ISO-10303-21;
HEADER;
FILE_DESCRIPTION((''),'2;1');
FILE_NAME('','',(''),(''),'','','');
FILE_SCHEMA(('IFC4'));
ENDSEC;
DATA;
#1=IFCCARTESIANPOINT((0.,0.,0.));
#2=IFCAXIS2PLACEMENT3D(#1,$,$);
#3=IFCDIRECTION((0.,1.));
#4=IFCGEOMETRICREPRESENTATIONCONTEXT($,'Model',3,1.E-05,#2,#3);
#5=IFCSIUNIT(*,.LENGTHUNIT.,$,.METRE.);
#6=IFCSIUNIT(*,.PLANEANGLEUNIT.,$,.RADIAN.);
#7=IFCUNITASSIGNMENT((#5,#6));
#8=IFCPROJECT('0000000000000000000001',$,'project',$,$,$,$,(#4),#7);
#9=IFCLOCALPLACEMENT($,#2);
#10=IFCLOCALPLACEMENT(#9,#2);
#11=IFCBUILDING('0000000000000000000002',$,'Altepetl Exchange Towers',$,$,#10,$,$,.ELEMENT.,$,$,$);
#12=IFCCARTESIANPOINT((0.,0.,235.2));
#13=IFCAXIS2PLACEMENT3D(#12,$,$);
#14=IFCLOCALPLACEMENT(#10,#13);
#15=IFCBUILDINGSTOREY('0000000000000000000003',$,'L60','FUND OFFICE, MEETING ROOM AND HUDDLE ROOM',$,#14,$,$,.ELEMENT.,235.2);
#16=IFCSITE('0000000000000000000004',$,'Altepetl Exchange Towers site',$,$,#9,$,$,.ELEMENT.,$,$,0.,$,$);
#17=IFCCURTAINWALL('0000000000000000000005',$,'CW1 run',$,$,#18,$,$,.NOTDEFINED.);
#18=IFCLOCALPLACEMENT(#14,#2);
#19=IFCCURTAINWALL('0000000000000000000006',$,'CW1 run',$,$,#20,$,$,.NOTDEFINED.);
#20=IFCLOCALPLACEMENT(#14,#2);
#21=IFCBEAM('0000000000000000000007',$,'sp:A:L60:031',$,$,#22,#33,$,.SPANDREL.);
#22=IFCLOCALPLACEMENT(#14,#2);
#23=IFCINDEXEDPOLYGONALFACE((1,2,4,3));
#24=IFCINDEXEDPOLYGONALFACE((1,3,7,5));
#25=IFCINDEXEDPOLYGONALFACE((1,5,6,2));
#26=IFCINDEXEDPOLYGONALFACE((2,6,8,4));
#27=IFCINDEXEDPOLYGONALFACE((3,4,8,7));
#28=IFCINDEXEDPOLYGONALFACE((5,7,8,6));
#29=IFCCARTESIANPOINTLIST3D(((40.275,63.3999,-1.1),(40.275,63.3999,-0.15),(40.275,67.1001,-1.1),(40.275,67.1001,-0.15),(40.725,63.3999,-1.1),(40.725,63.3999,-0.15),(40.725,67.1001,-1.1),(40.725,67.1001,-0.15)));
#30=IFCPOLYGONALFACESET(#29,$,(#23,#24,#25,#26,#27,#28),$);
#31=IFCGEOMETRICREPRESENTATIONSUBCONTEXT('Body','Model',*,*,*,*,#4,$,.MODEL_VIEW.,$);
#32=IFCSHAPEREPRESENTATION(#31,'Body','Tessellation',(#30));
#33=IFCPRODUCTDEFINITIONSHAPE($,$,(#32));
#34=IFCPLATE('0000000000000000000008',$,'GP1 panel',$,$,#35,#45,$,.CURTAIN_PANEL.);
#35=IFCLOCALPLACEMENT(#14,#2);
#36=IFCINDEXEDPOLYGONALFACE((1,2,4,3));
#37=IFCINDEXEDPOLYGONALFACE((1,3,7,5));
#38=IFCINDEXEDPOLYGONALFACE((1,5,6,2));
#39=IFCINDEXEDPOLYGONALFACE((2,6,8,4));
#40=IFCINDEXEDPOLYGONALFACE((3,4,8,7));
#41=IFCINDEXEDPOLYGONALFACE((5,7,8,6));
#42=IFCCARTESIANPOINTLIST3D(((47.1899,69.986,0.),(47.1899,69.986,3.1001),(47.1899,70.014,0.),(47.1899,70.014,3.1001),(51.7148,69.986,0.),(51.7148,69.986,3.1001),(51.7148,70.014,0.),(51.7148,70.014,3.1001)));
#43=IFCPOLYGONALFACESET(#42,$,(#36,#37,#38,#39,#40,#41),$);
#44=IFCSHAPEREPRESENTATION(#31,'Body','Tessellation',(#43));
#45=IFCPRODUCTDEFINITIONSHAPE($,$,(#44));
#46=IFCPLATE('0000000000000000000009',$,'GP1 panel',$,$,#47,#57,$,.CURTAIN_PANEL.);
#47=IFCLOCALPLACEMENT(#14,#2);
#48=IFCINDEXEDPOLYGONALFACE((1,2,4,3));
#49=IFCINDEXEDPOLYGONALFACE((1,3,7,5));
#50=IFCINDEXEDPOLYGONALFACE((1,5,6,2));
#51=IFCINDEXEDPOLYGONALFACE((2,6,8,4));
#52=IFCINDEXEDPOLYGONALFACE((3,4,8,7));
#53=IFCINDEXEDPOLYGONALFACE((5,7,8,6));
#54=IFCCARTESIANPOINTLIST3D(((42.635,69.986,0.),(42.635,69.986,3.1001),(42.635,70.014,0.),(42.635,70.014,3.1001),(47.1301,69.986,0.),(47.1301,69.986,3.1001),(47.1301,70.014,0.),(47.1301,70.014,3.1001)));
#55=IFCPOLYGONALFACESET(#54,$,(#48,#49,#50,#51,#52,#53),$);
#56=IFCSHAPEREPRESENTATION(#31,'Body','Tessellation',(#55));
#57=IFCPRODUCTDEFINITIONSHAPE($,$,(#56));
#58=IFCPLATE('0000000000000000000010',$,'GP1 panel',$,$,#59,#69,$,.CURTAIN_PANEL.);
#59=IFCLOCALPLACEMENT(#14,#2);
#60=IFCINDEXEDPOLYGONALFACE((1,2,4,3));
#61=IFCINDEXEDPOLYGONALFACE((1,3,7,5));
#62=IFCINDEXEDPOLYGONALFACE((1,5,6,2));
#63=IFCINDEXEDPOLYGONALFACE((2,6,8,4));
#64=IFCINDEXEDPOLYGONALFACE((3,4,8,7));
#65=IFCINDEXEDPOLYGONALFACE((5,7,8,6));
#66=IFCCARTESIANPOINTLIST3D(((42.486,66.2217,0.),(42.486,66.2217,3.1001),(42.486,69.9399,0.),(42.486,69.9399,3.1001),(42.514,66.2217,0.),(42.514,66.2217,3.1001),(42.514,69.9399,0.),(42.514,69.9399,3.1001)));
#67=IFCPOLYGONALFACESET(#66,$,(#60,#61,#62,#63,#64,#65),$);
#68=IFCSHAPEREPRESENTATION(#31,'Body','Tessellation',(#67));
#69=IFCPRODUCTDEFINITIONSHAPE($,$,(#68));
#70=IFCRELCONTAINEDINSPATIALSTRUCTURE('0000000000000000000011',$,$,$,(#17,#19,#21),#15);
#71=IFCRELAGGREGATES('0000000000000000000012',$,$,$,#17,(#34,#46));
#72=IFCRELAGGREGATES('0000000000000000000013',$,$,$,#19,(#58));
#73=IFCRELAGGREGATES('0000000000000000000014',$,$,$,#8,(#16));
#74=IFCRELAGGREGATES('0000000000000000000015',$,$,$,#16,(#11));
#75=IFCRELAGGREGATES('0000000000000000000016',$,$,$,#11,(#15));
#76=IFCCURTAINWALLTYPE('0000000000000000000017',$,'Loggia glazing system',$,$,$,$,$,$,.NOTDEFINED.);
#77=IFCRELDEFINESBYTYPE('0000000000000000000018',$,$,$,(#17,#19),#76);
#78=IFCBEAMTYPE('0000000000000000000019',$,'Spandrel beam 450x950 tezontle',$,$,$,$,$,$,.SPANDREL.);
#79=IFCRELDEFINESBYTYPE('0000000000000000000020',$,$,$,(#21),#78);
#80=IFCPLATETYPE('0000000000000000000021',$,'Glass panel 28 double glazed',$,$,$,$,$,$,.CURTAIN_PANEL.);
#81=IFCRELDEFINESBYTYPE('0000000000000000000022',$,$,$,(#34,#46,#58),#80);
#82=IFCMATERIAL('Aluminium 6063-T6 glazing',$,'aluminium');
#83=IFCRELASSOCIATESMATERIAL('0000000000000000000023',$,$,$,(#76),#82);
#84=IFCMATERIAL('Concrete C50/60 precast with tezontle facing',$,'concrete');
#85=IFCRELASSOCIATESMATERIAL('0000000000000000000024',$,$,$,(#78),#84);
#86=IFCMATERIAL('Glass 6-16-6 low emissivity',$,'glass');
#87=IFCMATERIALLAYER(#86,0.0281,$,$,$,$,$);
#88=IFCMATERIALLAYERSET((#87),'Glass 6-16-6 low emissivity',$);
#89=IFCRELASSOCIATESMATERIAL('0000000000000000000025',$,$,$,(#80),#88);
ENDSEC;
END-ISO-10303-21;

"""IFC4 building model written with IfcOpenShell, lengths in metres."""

from ifc_helpers import new_model, si_unit, direction, frame, origin, origin_2d, place, context, subcontext, project, spatial, rectangle, extrude, material, layer, layer_set, material_profile, profile_set, type_object, element, aggregate, save


model = new_model("IFC4")

# Units and contexts
model_context = context("Model", 3, precision=1e-05, world=origin(), true_north=direction((0.0, 1.0)))
body_context = subcontext(model_context, "Body", "Model", "MODEL_VIEW")
ifc_project = project(units=[si_unit("LENGTHUNIT", "METRE"), si_unit("PLANEANGLEUNIT", "RADIAN")], contexts=[model_context])

# Site, building, storey
site_placement = place(None, origin())
site = spatial("IfcSite", under=ifc_project, at=site_placement, Name="Altepetl Exchange Towers site", CompositionType="ELEMENT", RefElevation=0.0)
building_placement = place(site_placement, origin())
building = spatial("IfcBuilding", under=site, at=building_placement, Name="Altepetl Exchange Towers", CompositionType="ELEMENT")
storey_placement = place(building_placement, frame((0.0, 0.0, 235.2)))
storey = spatial("IfcBuildingStorey", under=building, at=storey_placement, Name="L60", Description="FUND OFFICE, MEETING ROOM AND HUDDLE ROOM", CompositionType="ELEMENT", Elevation=235.2)

# Curtain walls
ifc_material_1 = material(Name="Aluminium 6063-T6 glazing", Category="aluminium")
curtain_wall_type = type_object("IfcCurtainWallType", Name="Loggia glazing system", PredefinedType="NOTDEFINED", material=ifc_material_1)
curtain_wall_1_placement = place(storey_placement, origin())
curtain_wall_1 = element("IfcCurtainWall", 1, at=curtain_wall_1_placement, inside=storey, type_object=curtain_wall_type, Name="CW1 run", PredefinedType="NOTDEFINED")
curtain_wall_2_placement = place(storey_placement, origin())
curtain_wall_2 = element("IfcCurtainWall", 2, at=curtain_wall_2_placement, inside=storey, type_object=curtain_wall_type, Name="CW1 run", PredefinedType="NOTDEFINED")

# Beam
ifc_material_2 = material(Name="Concrete C50/60 precast with tezontle facing", Category="concrete")
ifc_material_profile_1 = material_profile(ifc_material_2, rectangle(XDim=0.45, YDim=0.95, at=origin_2d()), Name="450 x 950")
ifc_profile_set_1 = profile_set([ifc_material_profile_1], Name="Concrete C50/60 precast with tezontle facing")
beam_type_1 = type_object("IfcBeamType", Name="Spandrel beam 450x950 tezontle", PredefinedType="SPANDREL", material=ifc_profile_set_1)
for number, where, z_axis, x_axis, name in (
    (3, (40.5, 67.1001, -0.625), (0.0, -1.0, 0.0), (1.0, 0.0, 0.0), "sp:A:L60:031"),
):
    element("IfcBeam", number, at=place(storey_placement, frame(where, z_axis=z_axis, x_axis=x_axis)), inside=storey, type_object=beam_type_1, Name=name, PredefinedType="SPANDREL", context=body_context, shape_type="SweptSolid", body=[
        extrude(rectangle(XDim=0.45, YDim=0.95, at=origin_2d()), origin(), (0.0, 0.0, 1.0), 3.7002),
    ])

# Plates
ifc_material_3 = material(Name="Glass 6-16-6 low emissivity", Category="glass")
ifc_layer = layer(ifc_material_3, 0.0281)
ifc_layer_set = layer_set([ifc_layer], Name="Glass 6-16-6 low emissivity")
plate_type = type_object("IfcPlateType", Name="Glass panel 28 double glazed", PredefinedType="CURTAIN_PANEL", material=ifc_layer_set)
plate_1_placement = place(storey_placement, frame((49.4524, 70.0, 0.0), z_axis=(0.0, 0.0, 1.0), x_axis=(-1.0, 0.0, 0.0)))
plate_1 = element("IfcPlate", 4, at=plate_1_placement, type_object=plate_type, Name="GP1 panel", PredefinedType="CURTAIN_PANEL", context=body_context, shape_type="SweptSolid", body=[
    extrude(rectangle(XDim=4.5249, YDim=0.0281, at=origin_2d()), origin(), (0.0, 0.0, 1.0), 3.1001),
])
plate_2_placement = place(storey_placement, frame((44.8826, 70.0, 0.0), z_axis=(0.0, 0.0, 1.0), x_axis=(-1.0, 0.0, 0.0)))
plate_2 = element("IfcPlate", 5, at=plate_2_placement, type_object=plate_type, Name="GP1 panel", PredefinedType="CURTAIN_PANEL", context=body_context, shape_type="SweptSolid", body=[
    extrude(rectangle(XDim=4.4951, YDim=0.0281, at=origin_2d()), origin(), (0.0, 0.0, 1.0), 3.1001),
])
aggregate(curtain_wall_1, [plate_1, plate_2])
plate_3_placement = place(storey_placement, frame((42.5, 68.0808, 0.0), z_axis=(0.0, 0.0, 1.0), x_axis=(0.0, -1.0, 0.0)))
plate_3 = element("IfcPlate", 6, at=plate_3_placement, type_object=plate_type, Name="GP1 panel", PredefinedType="CURTAIN_PANEL", context=body_context, shape_type="SweptSolid", body=[
    extrude(rectangle(XDim=3.7183, YDim=0.0281, at=origin_2d()), origin(), (0.0, 0.0, 1.0), 3.1001),
])
aggregate(curtain_wall_2, [plate_3])

save(model, "model.ifc")
